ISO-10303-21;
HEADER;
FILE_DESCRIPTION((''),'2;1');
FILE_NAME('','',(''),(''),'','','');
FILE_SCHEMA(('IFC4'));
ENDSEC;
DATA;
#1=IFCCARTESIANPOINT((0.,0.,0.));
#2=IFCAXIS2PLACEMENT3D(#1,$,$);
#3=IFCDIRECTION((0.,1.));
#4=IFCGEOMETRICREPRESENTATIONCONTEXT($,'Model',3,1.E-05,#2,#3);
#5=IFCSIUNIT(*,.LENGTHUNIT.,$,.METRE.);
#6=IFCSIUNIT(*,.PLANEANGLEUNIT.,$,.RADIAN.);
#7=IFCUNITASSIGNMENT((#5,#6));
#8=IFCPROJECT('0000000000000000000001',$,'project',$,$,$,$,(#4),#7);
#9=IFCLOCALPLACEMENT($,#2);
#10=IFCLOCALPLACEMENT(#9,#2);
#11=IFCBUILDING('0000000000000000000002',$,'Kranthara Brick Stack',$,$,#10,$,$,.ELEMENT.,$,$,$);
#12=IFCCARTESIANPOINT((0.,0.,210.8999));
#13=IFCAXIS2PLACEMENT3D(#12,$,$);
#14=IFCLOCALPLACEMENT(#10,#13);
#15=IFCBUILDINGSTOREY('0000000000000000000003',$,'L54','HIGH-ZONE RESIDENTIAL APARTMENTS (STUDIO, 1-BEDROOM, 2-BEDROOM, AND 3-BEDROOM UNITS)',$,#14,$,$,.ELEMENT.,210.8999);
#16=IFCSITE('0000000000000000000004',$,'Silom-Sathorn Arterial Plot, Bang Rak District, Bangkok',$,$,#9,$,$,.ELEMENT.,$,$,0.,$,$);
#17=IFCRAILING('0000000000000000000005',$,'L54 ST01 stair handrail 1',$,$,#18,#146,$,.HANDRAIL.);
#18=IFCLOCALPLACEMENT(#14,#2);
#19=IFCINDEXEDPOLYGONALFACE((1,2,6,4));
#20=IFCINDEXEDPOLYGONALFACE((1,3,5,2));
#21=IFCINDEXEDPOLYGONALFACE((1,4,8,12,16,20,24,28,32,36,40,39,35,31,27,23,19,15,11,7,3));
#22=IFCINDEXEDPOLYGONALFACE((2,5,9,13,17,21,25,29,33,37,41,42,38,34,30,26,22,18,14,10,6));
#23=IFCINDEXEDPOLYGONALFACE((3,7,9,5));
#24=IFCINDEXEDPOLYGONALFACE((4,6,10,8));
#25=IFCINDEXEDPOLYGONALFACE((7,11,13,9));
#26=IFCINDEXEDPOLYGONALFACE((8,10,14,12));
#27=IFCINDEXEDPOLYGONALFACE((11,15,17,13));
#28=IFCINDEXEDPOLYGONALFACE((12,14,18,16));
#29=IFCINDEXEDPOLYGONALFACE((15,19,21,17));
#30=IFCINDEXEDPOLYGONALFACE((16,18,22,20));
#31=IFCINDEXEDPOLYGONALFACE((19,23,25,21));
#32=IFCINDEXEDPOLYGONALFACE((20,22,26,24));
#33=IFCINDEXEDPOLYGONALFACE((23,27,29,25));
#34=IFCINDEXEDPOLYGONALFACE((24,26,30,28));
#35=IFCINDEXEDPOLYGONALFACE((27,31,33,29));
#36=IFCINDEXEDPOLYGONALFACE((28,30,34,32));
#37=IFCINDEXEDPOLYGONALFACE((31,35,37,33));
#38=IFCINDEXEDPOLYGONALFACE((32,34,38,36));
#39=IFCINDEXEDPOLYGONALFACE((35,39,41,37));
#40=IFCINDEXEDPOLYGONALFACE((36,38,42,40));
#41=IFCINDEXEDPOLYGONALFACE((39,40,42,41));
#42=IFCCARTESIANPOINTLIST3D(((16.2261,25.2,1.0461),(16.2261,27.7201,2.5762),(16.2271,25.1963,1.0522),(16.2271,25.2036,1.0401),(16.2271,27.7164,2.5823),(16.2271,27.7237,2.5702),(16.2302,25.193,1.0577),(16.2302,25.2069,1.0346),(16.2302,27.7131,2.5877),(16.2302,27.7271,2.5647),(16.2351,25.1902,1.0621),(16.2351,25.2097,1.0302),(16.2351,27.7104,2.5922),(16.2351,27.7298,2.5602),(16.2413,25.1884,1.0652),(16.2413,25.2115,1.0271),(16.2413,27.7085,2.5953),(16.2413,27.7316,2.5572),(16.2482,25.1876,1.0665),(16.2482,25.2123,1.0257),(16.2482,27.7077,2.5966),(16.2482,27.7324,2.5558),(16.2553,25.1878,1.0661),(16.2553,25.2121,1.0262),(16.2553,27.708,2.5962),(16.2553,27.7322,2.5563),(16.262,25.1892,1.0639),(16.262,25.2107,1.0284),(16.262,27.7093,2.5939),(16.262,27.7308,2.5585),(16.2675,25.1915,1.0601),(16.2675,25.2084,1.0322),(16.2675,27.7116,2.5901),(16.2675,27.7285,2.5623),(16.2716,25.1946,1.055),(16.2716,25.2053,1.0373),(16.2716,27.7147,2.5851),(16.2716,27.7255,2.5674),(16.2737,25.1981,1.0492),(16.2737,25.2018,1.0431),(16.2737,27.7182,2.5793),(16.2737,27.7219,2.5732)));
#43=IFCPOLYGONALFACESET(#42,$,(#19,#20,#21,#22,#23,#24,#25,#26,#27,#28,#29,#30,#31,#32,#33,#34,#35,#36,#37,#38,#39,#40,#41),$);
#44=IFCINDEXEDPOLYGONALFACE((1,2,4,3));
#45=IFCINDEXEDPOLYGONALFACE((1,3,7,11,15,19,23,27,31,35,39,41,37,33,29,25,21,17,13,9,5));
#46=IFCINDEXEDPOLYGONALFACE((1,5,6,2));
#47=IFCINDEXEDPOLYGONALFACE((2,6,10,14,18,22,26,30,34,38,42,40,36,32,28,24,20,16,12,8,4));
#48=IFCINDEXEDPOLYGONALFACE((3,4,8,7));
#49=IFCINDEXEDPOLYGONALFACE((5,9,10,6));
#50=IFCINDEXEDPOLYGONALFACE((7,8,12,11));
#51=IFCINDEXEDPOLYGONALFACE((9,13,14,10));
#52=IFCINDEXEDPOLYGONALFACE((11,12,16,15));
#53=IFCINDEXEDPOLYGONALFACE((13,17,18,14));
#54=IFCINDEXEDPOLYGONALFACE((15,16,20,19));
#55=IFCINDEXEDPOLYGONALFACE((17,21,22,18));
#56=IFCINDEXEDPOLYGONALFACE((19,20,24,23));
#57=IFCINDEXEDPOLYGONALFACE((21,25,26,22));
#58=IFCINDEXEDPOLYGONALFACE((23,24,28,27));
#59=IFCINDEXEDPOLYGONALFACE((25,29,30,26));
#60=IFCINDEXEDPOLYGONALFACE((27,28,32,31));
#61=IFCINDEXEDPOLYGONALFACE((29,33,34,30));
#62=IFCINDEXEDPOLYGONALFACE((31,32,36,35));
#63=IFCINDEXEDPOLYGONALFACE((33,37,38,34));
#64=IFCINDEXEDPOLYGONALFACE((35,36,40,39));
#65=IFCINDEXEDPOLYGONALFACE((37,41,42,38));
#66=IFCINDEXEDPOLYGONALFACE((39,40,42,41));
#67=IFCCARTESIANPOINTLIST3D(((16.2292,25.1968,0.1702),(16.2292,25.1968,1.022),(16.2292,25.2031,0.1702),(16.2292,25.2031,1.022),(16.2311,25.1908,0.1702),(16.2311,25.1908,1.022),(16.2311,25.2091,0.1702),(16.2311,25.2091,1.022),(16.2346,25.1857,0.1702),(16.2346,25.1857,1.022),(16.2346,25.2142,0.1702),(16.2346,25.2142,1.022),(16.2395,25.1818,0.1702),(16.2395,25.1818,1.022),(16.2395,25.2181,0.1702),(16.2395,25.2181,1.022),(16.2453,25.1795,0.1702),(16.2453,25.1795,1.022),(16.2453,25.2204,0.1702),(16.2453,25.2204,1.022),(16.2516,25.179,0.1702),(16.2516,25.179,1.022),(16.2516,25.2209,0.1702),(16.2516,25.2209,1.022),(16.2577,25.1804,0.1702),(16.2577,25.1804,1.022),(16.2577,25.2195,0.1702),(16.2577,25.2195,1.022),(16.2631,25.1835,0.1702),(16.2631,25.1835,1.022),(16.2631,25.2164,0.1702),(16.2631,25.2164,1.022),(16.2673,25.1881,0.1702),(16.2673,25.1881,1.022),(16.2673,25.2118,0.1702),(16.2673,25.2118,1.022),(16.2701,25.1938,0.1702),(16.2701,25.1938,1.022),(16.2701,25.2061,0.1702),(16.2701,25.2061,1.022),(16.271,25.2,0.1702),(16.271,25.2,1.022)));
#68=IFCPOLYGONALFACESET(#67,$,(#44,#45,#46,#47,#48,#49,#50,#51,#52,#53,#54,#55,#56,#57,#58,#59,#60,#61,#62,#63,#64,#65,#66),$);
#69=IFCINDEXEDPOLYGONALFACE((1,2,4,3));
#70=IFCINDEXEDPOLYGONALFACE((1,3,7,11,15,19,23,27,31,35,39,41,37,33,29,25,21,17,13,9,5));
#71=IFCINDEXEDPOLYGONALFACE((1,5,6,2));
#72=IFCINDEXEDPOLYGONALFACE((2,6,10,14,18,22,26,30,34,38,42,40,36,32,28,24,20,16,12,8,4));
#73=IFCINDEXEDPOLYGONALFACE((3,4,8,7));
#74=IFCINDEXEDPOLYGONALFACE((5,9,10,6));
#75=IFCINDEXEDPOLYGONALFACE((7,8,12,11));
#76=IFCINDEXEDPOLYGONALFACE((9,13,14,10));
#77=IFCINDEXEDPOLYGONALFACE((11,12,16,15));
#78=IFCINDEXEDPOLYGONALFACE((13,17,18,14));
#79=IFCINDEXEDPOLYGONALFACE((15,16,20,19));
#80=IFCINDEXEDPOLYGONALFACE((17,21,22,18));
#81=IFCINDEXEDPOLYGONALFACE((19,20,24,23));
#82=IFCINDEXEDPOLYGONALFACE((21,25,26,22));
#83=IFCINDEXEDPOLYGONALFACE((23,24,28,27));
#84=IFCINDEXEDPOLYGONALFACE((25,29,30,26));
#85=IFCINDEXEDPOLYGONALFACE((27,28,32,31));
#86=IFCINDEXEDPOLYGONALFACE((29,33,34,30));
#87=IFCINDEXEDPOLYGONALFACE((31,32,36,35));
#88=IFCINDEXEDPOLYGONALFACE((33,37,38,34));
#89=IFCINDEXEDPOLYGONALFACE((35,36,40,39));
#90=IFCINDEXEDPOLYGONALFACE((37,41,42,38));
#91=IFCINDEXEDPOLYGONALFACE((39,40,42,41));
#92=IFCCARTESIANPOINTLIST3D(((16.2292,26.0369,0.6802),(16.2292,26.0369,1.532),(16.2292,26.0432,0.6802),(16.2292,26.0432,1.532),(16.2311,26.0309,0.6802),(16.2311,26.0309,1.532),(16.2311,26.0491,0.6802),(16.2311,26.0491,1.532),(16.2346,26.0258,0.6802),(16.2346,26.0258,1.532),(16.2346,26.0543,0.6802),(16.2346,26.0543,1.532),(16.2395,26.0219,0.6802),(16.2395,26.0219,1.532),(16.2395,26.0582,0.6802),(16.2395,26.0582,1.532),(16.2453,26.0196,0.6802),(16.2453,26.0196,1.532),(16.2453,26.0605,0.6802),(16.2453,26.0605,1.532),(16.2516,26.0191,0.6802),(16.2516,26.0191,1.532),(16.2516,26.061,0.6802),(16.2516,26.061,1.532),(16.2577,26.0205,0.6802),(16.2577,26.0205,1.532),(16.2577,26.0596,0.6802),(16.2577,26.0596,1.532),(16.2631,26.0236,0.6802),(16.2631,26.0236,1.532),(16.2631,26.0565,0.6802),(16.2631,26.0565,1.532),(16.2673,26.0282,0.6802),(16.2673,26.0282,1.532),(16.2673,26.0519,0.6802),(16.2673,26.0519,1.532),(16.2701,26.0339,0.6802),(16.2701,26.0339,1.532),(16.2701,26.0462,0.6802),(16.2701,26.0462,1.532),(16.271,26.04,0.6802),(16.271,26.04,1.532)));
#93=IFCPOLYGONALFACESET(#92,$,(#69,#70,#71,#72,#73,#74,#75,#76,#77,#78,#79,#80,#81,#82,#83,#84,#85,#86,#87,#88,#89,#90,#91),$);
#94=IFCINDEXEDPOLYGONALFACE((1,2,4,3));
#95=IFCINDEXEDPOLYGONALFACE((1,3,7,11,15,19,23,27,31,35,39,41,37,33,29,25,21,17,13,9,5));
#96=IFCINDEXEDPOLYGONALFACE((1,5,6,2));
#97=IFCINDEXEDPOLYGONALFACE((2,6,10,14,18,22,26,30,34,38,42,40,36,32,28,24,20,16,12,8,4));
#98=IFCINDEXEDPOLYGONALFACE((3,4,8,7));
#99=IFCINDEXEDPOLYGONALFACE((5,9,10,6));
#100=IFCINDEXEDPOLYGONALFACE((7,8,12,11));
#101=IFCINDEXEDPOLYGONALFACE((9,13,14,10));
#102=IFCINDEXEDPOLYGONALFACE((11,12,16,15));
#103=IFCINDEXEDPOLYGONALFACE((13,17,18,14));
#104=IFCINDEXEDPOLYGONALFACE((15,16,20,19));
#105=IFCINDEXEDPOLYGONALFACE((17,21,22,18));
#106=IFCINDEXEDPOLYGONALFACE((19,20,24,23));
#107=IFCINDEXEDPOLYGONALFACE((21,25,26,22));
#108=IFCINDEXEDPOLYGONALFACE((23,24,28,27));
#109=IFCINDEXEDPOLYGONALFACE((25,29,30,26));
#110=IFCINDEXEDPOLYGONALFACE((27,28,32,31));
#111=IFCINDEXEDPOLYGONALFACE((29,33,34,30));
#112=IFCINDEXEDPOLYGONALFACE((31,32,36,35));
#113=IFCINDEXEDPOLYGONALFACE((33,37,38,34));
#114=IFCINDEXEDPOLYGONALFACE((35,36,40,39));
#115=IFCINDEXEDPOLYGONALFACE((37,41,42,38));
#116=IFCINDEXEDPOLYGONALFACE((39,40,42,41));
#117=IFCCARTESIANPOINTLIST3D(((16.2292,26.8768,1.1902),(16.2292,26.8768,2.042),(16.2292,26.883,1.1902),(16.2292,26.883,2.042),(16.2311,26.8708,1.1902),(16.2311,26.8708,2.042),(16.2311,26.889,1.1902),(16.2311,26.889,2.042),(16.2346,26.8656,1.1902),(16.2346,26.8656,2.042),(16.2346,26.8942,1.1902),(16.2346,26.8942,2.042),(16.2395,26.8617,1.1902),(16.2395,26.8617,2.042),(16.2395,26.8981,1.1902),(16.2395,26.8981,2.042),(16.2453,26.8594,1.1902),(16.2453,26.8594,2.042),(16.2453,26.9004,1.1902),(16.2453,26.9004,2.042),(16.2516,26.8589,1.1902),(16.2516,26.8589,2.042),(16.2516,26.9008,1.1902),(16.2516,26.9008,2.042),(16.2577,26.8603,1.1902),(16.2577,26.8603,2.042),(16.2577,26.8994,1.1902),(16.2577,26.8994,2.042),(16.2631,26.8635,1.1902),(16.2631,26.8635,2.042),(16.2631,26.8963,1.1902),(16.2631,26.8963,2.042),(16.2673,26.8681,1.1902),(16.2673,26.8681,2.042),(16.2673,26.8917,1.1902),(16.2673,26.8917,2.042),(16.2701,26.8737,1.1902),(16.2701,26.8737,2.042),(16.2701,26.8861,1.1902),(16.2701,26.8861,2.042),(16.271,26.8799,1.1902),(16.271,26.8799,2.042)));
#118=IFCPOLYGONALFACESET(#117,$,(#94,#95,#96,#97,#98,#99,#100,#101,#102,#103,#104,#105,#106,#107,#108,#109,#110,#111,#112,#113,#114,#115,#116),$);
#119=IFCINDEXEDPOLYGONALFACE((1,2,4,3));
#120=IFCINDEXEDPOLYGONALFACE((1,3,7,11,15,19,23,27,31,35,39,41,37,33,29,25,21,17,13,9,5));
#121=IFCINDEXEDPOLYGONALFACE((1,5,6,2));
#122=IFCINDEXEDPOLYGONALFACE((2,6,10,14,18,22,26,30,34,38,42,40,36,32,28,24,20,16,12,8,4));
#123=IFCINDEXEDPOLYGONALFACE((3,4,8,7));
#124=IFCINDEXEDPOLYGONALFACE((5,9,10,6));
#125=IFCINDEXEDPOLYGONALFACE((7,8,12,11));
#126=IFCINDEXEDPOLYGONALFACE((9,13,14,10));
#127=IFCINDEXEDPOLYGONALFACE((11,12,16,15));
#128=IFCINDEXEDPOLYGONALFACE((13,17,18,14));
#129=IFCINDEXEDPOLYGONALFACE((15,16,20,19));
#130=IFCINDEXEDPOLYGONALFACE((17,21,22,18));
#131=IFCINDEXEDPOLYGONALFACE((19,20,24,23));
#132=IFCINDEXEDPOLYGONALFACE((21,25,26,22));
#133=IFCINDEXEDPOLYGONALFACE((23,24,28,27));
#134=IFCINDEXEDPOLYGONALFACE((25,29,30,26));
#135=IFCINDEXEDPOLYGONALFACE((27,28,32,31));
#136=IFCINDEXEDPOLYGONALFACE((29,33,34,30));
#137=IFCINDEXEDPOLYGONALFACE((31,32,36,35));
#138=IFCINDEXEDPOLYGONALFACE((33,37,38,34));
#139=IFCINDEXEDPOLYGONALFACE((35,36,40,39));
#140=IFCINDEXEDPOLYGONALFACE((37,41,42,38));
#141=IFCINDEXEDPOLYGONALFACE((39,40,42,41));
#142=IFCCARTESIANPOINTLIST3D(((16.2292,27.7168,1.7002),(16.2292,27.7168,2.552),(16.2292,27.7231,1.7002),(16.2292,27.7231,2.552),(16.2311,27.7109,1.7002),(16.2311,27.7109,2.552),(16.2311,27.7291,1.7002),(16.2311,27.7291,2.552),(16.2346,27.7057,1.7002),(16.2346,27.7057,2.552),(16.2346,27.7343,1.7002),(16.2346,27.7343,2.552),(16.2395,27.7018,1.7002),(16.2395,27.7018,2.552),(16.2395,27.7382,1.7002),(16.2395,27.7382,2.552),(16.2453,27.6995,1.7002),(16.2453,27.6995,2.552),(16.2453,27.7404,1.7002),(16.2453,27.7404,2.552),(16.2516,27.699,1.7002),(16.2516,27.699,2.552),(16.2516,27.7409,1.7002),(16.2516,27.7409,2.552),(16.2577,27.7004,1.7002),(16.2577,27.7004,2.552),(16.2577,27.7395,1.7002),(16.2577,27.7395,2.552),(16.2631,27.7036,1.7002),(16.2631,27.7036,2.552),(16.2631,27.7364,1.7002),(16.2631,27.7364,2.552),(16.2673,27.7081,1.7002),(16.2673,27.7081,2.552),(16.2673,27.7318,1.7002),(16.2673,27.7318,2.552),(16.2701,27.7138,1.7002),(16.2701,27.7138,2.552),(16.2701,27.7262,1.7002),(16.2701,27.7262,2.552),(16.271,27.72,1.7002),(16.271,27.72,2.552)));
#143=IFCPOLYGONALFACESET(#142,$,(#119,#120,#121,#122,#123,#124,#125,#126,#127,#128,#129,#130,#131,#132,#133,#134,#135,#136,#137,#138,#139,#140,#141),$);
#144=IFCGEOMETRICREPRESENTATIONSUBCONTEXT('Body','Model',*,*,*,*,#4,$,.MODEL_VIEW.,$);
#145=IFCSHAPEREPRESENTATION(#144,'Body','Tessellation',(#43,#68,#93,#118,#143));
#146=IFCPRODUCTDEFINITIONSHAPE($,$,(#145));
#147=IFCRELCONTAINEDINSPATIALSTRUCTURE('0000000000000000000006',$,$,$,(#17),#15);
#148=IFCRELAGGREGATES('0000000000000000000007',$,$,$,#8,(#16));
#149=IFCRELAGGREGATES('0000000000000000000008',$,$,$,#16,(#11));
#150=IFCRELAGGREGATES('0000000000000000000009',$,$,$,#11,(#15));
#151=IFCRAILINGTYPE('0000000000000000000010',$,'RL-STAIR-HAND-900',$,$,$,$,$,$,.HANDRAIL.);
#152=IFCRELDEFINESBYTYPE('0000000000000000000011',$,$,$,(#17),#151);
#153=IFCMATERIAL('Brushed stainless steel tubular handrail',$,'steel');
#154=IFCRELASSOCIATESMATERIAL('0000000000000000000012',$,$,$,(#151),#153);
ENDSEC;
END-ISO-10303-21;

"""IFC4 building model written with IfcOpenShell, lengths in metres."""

from ifc_helpers import new_model, si_unit, direction, frame, origin, origin_2d, place, context, subcontext, project, spatial, circle, extrude, material, type_object, element, save


model = new_model("IFC4")

# Units and contexts
model_context = context("Model", 3, precision=1e-05, world=origin(), true_north=direction((0.0, 1.0)))
body_context = subcontext(model_context, "Body", "Model", "MODEL_VIEW")
ifc_project = project(units=[si_unit("LENGTHUNIT", "METRE"), si_unit("PLANEANGLEUNIT", "RADIAN")], contexts=[model_context])

# Site, building, storey
site_placement = place(None, origin())
site = spatial("IfcSite", under=ifc_project, at=site_placement, Name="Silom-Sathorn Arterial Plot, Bang Rak District, Bangkok", CompositionType="ELEMENT", RefElevation=0.0)
building_placement = place(site_placement, origin())
building = spatial("IfcBuilding", under=site, at=building_placement, Name="Kranthara Brick Stack", CompositionType="ELEMENT")
storey_placement = place(building_placement, frame((0.0, 0.0, 210.8999)))
storey = spatial("IfcBuildingStorey", under=building, at=storey_placement, Name="L54", Description="HIGH-ZONE RESIDENTIAL APARTMENTS (STUDIO, 1-BEDROOM, 2-BEDROOM, AND 3-BEDROOM UNITS)", CompositionType="ELEMENT", Elevation=210.8999)

# Railing
ifc_material_1 = material(Name="Brushed stainless steel tubular handrail", Category="steel")
railing_type_1 = type_object("IfcRailingType", Name="RL-STAIR-HAND-900", PredefinedType="HANDRAIL", material=ifc_material_1)
railing_1_placement = place(storey_placement, frame((16.25, 25.2, 0.1702)))
element("IfcRailing", 1, at=railing_1_placement, inside=storey, type_object=railing_type_1, Name="L54 ST01 stair handrail 1", PredefinedType="HANDRAIL", context=body_context, shape_type="SweptSolid", body=[
    extrude(circle(Radius=0.0239, at=origin_2d()), frame((0.0, 0.0, 0.876), z_axis=(0.0, 0.854785, 0.518982), x_axis=(-1.0, 0.0, 0.0)), (0.0, 0.0, 1.0), 2.9482),
    extrude(circle(Radius=0.021, at=origin_2d()), origin(), (0.0, 0.0, 1.0), 0.8518),
    extrude(circle(Radius=0.021, at=origin_2d()), frame((0.0, 0.8401, 0.51)), (0.0, 0.0, 1.0), 0.8518),
    extrude(circle(Radius=0.021, at=origin_2d()), frame((0.0, 1.6799, 1.02)), (0.0, 0.0, 1.0), 0.8518),
    extrude(circle(Radius=0.021, at=origin_2d()), frame((0.0, 2.52, 1.53)), (0.0, 0.0, 1.0), 0.8518),
])

save(model, "model.ifc")
